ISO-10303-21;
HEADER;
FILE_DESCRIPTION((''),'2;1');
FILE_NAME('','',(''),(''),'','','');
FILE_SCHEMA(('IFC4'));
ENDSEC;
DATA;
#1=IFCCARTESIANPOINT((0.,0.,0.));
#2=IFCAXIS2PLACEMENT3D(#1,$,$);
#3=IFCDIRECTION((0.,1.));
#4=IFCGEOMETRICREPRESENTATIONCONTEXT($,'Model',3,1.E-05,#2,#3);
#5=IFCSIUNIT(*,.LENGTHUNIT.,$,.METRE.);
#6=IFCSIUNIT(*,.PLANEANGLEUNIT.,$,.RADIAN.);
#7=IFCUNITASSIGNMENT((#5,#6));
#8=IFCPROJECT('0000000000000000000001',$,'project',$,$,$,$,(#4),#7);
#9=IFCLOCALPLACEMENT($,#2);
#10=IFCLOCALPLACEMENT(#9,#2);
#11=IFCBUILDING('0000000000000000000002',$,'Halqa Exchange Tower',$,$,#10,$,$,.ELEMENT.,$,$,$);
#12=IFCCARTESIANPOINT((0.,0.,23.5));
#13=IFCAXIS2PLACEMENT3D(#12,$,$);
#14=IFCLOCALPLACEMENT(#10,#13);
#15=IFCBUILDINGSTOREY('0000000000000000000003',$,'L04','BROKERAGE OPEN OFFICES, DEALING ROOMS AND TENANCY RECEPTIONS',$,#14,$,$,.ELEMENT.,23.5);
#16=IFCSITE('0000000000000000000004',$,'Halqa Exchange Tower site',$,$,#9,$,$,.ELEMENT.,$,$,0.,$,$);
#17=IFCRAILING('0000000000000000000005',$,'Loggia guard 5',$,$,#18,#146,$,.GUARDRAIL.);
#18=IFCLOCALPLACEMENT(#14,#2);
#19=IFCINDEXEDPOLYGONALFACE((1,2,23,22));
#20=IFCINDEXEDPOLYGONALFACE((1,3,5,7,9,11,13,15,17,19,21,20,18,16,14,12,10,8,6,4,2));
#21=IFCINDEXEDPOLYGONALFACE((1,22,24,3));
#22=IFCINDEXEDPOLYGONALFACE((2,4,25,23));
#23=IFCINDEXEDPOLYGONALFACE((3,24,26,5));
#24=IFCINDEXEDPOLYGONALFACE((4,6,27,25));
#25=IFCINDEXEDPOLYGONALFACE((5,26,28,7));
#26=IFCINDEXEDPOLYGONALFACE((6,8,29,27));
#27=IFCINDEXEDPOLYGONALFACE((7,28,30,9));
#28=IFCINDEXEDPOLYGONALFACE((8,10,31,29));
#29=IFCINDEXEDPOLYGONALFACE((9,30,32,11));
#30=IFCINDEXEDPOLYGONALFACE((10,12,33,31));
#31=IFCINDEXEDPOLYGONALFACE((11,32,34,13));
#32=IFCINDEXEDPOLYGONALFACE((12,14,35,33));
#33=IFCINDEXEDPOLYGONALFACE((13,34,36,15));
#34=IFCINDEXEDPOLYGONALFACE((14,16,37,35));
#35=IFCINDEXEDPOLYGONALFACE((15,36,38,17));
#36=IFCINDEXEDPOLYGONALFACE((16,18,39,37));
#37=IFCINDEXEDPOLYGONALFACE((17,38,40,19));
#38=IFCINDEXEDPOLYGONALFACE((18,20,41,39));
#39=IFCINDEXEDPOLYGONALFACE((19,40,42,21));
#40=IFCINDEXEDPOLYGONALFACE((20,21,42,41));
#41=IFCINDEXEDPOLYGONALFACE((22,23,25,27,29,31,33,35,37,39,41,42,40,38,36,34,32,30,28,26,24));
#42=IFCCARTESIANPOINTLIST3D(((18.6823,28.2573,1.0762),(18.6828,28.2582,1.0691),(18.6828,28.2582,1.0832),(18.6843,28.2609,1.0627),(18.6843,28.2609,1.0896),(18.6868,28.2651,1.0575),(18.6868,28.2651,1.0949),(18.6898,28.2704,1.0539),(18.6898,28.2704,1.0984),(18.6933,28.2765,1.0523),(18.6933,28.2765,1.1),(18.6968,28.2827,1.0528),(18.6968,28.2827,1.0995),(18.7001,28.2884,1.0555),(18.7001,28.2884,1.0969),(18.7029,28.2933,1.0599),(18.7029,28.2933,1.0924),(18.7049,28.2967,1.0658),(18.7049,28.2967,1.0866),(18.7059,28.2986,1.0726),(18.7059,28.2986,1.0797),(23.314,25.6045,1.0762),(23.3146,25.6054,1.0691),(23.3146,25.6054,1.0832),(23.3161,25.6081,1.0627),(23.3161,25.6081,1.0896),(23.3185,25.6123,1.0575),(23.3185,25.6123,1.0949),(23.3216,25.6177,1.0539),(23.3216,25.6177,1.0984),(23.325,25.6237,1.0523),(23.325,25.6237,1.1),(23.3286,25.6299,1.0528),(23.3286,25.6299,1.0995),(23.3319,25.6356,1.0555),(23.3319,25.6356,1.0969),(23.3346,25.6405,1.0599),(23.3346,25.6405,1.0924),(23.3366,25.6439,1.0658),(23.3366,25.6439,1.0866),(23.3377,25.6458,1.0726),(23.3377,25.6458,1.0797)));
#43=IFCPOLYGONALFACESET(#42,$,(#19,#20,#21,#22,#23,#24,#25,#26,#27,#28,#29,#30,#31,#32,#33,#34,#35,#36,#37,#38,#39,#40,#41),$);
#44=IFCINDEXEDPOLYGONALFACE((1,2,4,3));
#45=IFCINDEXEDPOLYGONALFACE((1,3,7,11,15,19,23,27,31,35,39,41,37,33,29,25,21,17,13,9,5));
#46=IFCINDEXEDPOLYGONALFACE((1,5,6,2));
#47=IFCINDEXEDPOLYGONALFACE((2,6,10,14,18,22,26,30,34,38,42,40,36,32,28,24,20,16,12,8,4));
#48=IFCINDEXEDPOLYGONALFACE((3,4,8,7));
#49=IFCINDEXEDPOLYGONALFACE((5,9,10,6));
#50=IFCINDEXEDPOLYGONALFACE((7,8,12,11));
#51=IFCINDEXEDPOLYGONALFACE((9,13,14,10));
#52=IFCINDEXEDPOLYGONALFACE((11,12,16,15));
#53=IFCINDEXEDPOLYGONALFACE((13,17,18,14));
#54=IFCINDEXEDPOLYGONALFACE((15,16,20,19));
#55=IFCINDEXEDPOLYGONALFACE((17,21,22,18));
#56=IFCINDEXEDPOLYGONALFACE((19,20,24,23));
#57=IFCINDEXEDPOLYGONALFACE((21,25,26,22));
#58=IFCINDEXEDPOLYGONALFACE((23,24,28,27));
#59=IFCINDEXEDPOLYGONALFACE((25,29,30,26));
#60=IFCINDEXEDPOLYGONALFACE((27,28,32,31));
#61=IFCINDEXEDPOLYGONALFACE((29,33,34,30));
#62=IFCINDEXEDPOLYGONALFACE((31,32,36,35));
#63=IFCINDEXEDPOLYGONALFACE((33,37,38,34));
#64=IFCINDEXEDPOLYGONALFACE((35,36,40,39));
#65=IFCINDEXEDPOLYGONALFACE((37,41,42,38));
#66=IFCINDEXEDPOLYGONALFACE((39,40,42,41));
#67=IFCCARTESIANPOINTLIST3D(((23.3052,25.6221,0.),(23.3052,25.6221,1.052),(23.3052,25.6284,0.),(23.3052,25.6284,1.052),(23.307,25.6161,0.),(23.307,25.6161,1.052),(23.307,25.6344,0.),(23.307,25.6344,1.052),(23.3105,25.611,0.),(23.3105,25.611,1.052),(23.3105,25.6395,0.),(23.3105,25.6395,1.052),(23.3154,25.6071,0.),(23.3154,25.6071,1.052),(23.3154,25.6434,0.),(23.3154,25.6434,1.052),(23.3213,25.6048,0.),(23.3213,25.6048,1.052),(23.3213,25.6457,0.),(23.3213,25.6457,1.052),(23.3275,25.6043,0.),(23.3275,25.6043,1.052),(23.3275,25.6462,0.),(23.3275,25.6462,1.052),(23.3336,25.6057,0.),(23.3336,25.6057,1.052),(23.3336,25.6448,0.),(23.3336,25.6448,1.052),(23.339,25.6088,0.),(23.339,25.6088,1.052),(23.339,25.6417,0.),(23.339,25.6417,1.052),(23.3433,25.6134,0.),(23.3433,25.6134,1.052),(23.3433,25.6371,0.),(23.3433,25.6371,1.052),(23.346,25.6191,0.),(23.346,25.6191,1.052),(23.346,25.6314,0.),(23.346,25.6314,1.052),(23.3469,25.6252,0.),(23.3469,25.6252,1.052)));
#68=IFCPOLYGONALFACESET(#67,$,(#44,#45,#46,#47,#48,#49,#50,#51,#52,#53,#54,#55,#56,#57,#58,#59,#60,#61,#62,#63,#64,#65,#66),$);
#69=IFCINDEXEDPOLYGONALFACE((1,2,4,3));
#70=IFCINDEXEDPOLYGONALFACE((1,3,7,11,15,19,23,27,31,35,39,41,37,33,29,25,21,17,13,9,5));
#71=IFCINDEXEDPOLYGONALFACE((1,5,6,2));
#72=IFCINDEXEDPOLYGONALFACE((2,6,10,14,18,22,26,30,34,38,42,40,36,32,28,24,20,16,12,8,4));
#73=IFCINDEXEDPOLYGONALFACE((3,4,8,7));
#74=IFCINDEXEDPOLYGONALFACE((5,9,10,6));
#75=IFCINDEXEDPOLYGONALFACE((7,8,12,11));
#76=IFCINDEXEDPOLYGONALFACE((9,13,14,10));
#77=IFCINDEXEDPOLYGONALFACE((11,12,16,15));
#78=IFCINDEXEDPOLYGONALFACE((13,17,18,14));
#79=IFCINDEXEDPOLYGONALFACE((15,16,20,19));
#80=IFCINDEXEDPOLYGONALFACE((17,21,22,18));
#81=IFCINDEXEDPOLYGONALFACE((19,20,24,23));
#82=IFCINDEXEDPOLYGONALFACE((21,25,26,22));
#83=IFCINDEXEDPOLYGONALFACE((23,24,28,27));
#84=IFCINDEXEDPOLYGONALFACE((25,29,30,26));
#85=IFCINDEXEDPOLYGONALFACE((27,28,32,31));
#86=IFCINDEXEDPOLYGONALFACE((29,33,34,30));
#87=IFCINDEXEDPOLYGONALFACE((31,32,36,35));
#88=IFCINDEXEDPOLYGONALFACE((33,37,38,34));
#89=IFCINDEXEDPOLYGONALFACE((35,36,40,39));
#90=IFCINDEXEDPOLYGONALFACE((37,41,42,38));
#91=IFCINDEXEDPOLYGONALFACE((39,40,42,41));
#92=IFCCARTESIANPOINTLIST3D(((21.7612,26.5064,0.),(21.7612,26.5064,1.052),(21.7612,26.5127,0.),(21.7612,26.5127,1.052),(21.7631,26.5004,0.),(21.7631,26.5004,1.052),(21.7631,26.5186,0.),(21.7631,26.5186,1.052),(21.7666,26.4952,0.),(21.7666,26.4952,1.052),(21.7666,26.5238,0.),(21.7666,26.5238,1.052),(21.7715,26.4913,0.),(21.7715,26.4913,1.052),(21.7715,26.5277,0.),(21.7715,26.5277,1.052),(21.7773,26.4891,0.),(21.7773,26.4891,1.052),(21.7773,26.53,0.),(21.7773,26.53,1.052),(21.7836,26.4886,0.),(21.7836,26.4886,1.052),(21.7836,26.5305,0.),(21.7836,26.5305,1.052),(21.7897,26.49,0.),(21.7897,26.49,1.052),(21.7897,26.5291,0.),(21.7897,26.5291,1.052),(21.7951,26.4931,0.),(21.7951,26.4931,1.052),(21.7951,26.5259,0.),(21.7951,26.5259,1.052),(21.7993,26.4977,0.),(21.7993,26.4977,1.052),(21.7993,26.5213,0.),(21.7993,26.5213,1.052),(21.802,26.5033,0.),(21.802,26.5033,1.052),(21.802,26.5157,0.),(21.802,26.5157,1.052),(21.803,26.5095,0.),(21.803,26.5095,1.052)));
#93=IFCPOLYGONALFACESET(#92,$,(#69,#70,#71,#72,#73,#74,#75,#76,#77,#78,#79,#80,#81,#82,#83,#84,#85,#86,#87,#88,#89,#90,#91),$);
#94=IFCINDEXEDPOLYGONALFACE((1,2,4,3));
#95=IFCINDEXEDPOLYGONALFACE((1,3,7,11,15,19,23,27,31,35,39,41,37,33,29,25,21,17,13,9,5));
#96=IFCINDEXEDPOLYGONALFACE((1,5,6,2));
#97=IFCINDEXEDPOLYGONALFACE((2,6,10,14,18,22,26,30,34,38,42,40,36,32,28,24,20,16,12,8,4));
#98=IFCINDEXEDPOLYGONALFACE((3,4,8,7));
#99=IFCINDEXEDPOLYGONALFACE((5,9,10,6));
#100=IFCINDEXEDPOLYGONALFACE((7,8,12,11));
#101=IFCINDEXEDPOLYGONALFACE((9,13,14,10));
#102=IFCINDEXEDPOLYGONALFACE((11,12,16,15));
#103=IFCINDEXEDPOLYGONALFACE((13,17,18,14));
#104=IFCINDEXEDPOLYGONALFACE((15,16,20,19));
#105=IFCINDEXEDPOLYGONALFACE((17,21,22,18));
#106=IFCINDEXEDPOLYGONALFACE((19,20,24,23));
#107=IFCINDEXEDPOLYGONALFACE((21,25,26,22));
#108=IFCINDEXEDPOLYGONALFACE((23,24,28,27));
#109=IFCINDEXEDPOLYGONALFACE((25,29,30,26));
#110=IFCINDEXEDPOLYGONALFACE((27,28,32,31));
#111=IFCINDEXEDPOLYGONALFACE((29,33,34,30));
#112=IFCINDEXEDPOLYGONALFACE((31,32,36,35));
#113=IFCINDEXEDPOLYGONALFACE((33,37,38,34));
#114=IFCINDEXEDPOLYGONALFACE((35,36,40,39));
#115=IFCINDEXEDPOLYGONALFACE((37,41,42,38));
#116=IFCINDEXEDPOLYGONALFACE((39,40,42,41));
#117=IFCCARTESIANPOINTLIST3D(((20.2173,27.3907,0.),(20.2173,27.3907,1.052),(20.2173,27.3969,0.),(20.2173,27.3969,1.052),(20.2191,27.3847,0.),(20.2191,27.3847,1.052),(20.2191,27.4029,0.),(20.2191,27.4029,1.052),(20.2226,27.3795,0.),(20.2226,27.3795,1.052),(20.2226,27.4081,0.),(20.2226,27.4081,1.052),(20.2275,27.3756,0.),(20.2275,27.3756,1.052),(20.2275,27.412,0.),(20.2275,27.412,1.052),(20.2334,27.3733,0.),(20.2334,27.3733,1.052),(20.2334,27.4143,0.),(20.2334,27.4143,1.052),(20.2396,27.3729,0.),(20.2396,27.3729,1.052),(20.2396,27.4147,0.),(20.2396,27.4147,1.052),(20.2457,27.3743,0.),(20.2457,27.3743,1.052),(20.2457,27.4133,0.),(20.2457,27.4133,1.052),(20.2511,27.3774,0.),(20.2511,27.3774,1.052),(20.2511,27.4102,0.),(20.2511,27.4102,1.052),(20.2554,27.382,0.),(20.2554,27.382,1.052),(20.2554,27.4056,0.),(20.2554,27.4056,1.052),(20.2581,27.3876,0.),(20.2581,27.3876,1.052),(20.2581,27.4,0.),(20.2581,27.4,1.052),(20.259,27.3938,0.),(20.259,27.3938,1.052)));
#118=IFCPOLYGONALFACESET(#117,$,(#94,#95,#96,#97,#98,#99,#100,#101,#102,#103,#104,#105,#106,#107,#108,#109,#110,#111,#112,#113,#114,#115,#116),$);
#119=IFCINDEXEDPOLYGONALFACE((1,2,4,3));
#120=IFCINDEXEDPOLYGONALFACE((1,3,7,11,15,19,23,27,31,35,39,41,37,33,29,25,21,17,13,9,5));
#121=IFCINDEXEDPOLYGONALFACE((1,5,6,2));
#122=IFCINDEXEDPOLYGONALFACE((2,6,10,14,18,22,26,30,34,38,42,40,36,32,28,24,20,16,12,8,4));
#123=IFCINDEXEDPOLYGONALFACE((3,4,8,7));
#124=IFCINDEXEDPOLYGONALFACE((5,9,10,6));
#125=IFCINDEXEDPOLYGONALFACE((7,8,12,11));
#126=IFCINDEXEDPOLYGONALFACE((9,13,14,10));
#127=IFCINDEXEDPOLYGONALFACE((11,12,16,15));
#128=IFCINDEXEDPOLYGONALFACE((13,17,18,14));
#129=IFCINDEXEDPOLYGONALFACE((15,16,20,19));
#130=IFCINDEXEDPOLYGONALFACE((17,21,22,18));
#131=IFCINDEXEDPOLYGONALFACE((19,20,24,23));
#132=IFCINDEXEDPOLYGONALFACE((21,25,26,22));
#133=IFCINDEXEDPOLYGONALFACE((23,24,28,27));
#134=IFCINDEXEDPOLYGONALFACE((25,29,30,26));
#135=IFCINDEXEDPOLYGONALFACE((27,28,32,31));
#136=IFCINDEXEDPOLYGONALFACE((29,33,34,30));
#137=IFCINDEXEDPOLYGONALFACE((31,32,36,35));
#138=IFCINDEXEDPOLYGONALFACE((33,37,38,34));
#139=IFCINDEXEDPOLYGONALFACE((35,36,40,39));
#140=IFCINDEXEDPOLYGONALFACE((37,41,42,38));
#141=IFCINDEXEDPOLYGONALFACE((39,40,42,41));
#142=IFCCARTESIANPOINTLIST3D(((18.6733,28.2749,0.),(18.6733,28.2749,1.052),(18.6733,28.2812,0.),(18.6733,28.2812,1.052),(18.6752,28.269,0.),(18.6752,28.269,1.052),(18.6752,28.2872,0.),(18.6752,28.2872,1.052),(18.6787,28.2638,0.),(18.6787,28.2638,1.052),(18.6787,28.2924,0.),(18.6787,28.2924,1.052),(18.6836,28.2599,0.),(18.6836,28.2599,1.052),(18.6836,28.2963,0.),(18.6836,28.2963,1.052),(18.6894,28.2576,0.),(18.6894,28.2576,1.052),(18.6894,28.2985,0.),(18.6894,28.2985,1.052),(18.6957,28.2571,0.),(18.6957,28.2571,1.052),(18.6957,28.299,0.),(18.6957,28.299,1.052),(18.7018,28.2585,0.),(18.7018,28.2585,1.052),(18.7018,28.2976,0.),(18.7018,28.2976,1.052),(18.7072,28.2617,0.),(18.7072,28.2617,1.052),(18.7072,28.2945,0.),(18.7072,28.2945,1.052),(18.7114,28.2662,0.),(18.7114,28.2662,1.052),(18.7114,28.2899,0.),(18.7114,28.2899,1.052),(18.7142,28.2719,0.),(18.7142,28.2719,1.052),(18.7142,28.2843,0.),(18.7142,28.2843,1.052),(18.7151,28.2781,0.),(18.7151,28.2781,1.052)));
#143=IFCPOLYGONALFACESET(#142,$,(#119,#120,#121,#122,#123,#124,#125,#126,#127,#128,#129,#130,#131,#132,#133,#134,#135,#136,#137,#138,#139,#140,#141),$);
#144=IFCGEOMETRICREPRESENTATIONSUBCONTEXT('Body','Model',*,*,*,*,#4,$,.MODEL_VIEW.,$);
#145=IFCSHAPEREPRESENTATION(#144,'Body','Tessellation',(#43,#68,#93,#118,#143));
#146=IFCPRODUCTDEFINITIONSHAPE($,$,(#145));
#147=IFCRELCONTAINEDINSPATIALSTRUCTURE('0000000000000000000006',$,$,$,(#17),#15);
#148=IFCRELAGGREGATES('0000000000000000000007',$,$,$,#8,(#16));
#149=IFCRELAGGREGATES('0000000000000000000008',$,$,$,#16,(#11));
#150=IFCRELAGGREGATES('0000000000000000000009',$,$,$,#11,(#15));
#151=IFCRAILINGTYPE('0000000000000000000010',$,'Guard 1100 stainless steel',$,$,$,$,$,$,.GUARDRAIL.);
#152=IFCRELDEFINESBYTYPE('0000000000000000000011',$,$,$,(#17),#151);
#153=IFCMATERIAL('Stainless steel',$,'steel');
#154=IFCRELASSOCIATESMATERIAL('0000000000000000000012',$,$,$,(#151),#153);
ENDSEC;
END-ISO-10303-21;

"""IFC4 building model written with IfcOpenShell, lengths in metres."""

from ifc_helpers import new_model, si_unit, direction, frame, origin, origin_2d, place, context, subcontext, project, spatial, circle, extrude, material, type_object, element, save


model = new_model("IFC4")

# Units and contexts
model_context = context("Model", 3, precision=1e-05, world=origin(), true_north=direction((0.0, 1.0)))
body_context = subcontext(model_context, "Body", "Model", "MODEL_VIEW")
ifc_project = project(units=[si_unit("LENGTHUNIT", "METRE"), si_unit("PLANEANGLEUNIT", "RADIAN")], contexts=[model_context])

# Site, building, storey
site_placement = place(None, origin())
site = spatial("IfcSite", under=ifc_project, at=site_placement, Name="Halqa Exchange Tower site", CompositionType="ELEMENT", RefElevation=0.0)
building_placement = place(site_placement, origin())
building = spatial("IfcBuilding", under=site, at=building_placement, Name="Halqa Exchange Tower", CompositionType="ELEMENT")
storey_placement = place(building_placement, frame((0.0, 0.0, 23.5)))
storey = spatial("IfcBuildingStorey", under=building, at=storey_placement, Name="L04", Description="BROKERAGE OPEN OFFICES, DEALING ROOMS AND TENANCY RECEPTIONS", CompositionType="ELEMENT", Elevation=23.5)

# Railing
ifc_material_1 = material(Name="Stainless steel", Category="steel")
railing_type = type_object("IfcRailingType", Name="Guard 1100 stainless steel", PredefinedType="GUARDRAIL", material=ifc_material_1)
railing_1_placement = place(storey_placement, frame((23.3259, 25.6252, 0.0)))
element("IfcRailing", 1, at=railing_1_placement, inside=storey, type_object=railing_type, Name="Loggia guard 5", PredefinedType="GUARDRAIL", context=body_context, shape_type="SweptSolid", body=[
    extrude(circle(Radius=0.0239, at=origin_2d()), frame((0.0, 0.0, 1.0762), z_axis=(-0.867753, 0.496996, 0.0), x_axis=(-0.496996, -0.867753, 0.0)), (0.0, 0.0, 1.0), 5.3376),
    extrude(circle(Radius=0.021, at=origin_2d()), origin(), (0.0, 0.0, 1.0), 1.052),
    extrude(circle(Radius=0.021, at=origin_2d()), frame((-1.5439, 0.8843, 0.0)), (0.0, 0.0, 1.0), 1.052),
    extrude(circle(Radius=0.021, at=origin_2d()), frame((-3.0879, 1.7686, 0.0)), (0.0, 0.0, 1.0), 1.052),
    extrude(circle(Radius=0.021, at=origin_2d()), frame((-4.6318, 2.6528, 0.0)), (0.0, 0.0, 1.0), 1.052),
])

save(model, "model.ifc")
